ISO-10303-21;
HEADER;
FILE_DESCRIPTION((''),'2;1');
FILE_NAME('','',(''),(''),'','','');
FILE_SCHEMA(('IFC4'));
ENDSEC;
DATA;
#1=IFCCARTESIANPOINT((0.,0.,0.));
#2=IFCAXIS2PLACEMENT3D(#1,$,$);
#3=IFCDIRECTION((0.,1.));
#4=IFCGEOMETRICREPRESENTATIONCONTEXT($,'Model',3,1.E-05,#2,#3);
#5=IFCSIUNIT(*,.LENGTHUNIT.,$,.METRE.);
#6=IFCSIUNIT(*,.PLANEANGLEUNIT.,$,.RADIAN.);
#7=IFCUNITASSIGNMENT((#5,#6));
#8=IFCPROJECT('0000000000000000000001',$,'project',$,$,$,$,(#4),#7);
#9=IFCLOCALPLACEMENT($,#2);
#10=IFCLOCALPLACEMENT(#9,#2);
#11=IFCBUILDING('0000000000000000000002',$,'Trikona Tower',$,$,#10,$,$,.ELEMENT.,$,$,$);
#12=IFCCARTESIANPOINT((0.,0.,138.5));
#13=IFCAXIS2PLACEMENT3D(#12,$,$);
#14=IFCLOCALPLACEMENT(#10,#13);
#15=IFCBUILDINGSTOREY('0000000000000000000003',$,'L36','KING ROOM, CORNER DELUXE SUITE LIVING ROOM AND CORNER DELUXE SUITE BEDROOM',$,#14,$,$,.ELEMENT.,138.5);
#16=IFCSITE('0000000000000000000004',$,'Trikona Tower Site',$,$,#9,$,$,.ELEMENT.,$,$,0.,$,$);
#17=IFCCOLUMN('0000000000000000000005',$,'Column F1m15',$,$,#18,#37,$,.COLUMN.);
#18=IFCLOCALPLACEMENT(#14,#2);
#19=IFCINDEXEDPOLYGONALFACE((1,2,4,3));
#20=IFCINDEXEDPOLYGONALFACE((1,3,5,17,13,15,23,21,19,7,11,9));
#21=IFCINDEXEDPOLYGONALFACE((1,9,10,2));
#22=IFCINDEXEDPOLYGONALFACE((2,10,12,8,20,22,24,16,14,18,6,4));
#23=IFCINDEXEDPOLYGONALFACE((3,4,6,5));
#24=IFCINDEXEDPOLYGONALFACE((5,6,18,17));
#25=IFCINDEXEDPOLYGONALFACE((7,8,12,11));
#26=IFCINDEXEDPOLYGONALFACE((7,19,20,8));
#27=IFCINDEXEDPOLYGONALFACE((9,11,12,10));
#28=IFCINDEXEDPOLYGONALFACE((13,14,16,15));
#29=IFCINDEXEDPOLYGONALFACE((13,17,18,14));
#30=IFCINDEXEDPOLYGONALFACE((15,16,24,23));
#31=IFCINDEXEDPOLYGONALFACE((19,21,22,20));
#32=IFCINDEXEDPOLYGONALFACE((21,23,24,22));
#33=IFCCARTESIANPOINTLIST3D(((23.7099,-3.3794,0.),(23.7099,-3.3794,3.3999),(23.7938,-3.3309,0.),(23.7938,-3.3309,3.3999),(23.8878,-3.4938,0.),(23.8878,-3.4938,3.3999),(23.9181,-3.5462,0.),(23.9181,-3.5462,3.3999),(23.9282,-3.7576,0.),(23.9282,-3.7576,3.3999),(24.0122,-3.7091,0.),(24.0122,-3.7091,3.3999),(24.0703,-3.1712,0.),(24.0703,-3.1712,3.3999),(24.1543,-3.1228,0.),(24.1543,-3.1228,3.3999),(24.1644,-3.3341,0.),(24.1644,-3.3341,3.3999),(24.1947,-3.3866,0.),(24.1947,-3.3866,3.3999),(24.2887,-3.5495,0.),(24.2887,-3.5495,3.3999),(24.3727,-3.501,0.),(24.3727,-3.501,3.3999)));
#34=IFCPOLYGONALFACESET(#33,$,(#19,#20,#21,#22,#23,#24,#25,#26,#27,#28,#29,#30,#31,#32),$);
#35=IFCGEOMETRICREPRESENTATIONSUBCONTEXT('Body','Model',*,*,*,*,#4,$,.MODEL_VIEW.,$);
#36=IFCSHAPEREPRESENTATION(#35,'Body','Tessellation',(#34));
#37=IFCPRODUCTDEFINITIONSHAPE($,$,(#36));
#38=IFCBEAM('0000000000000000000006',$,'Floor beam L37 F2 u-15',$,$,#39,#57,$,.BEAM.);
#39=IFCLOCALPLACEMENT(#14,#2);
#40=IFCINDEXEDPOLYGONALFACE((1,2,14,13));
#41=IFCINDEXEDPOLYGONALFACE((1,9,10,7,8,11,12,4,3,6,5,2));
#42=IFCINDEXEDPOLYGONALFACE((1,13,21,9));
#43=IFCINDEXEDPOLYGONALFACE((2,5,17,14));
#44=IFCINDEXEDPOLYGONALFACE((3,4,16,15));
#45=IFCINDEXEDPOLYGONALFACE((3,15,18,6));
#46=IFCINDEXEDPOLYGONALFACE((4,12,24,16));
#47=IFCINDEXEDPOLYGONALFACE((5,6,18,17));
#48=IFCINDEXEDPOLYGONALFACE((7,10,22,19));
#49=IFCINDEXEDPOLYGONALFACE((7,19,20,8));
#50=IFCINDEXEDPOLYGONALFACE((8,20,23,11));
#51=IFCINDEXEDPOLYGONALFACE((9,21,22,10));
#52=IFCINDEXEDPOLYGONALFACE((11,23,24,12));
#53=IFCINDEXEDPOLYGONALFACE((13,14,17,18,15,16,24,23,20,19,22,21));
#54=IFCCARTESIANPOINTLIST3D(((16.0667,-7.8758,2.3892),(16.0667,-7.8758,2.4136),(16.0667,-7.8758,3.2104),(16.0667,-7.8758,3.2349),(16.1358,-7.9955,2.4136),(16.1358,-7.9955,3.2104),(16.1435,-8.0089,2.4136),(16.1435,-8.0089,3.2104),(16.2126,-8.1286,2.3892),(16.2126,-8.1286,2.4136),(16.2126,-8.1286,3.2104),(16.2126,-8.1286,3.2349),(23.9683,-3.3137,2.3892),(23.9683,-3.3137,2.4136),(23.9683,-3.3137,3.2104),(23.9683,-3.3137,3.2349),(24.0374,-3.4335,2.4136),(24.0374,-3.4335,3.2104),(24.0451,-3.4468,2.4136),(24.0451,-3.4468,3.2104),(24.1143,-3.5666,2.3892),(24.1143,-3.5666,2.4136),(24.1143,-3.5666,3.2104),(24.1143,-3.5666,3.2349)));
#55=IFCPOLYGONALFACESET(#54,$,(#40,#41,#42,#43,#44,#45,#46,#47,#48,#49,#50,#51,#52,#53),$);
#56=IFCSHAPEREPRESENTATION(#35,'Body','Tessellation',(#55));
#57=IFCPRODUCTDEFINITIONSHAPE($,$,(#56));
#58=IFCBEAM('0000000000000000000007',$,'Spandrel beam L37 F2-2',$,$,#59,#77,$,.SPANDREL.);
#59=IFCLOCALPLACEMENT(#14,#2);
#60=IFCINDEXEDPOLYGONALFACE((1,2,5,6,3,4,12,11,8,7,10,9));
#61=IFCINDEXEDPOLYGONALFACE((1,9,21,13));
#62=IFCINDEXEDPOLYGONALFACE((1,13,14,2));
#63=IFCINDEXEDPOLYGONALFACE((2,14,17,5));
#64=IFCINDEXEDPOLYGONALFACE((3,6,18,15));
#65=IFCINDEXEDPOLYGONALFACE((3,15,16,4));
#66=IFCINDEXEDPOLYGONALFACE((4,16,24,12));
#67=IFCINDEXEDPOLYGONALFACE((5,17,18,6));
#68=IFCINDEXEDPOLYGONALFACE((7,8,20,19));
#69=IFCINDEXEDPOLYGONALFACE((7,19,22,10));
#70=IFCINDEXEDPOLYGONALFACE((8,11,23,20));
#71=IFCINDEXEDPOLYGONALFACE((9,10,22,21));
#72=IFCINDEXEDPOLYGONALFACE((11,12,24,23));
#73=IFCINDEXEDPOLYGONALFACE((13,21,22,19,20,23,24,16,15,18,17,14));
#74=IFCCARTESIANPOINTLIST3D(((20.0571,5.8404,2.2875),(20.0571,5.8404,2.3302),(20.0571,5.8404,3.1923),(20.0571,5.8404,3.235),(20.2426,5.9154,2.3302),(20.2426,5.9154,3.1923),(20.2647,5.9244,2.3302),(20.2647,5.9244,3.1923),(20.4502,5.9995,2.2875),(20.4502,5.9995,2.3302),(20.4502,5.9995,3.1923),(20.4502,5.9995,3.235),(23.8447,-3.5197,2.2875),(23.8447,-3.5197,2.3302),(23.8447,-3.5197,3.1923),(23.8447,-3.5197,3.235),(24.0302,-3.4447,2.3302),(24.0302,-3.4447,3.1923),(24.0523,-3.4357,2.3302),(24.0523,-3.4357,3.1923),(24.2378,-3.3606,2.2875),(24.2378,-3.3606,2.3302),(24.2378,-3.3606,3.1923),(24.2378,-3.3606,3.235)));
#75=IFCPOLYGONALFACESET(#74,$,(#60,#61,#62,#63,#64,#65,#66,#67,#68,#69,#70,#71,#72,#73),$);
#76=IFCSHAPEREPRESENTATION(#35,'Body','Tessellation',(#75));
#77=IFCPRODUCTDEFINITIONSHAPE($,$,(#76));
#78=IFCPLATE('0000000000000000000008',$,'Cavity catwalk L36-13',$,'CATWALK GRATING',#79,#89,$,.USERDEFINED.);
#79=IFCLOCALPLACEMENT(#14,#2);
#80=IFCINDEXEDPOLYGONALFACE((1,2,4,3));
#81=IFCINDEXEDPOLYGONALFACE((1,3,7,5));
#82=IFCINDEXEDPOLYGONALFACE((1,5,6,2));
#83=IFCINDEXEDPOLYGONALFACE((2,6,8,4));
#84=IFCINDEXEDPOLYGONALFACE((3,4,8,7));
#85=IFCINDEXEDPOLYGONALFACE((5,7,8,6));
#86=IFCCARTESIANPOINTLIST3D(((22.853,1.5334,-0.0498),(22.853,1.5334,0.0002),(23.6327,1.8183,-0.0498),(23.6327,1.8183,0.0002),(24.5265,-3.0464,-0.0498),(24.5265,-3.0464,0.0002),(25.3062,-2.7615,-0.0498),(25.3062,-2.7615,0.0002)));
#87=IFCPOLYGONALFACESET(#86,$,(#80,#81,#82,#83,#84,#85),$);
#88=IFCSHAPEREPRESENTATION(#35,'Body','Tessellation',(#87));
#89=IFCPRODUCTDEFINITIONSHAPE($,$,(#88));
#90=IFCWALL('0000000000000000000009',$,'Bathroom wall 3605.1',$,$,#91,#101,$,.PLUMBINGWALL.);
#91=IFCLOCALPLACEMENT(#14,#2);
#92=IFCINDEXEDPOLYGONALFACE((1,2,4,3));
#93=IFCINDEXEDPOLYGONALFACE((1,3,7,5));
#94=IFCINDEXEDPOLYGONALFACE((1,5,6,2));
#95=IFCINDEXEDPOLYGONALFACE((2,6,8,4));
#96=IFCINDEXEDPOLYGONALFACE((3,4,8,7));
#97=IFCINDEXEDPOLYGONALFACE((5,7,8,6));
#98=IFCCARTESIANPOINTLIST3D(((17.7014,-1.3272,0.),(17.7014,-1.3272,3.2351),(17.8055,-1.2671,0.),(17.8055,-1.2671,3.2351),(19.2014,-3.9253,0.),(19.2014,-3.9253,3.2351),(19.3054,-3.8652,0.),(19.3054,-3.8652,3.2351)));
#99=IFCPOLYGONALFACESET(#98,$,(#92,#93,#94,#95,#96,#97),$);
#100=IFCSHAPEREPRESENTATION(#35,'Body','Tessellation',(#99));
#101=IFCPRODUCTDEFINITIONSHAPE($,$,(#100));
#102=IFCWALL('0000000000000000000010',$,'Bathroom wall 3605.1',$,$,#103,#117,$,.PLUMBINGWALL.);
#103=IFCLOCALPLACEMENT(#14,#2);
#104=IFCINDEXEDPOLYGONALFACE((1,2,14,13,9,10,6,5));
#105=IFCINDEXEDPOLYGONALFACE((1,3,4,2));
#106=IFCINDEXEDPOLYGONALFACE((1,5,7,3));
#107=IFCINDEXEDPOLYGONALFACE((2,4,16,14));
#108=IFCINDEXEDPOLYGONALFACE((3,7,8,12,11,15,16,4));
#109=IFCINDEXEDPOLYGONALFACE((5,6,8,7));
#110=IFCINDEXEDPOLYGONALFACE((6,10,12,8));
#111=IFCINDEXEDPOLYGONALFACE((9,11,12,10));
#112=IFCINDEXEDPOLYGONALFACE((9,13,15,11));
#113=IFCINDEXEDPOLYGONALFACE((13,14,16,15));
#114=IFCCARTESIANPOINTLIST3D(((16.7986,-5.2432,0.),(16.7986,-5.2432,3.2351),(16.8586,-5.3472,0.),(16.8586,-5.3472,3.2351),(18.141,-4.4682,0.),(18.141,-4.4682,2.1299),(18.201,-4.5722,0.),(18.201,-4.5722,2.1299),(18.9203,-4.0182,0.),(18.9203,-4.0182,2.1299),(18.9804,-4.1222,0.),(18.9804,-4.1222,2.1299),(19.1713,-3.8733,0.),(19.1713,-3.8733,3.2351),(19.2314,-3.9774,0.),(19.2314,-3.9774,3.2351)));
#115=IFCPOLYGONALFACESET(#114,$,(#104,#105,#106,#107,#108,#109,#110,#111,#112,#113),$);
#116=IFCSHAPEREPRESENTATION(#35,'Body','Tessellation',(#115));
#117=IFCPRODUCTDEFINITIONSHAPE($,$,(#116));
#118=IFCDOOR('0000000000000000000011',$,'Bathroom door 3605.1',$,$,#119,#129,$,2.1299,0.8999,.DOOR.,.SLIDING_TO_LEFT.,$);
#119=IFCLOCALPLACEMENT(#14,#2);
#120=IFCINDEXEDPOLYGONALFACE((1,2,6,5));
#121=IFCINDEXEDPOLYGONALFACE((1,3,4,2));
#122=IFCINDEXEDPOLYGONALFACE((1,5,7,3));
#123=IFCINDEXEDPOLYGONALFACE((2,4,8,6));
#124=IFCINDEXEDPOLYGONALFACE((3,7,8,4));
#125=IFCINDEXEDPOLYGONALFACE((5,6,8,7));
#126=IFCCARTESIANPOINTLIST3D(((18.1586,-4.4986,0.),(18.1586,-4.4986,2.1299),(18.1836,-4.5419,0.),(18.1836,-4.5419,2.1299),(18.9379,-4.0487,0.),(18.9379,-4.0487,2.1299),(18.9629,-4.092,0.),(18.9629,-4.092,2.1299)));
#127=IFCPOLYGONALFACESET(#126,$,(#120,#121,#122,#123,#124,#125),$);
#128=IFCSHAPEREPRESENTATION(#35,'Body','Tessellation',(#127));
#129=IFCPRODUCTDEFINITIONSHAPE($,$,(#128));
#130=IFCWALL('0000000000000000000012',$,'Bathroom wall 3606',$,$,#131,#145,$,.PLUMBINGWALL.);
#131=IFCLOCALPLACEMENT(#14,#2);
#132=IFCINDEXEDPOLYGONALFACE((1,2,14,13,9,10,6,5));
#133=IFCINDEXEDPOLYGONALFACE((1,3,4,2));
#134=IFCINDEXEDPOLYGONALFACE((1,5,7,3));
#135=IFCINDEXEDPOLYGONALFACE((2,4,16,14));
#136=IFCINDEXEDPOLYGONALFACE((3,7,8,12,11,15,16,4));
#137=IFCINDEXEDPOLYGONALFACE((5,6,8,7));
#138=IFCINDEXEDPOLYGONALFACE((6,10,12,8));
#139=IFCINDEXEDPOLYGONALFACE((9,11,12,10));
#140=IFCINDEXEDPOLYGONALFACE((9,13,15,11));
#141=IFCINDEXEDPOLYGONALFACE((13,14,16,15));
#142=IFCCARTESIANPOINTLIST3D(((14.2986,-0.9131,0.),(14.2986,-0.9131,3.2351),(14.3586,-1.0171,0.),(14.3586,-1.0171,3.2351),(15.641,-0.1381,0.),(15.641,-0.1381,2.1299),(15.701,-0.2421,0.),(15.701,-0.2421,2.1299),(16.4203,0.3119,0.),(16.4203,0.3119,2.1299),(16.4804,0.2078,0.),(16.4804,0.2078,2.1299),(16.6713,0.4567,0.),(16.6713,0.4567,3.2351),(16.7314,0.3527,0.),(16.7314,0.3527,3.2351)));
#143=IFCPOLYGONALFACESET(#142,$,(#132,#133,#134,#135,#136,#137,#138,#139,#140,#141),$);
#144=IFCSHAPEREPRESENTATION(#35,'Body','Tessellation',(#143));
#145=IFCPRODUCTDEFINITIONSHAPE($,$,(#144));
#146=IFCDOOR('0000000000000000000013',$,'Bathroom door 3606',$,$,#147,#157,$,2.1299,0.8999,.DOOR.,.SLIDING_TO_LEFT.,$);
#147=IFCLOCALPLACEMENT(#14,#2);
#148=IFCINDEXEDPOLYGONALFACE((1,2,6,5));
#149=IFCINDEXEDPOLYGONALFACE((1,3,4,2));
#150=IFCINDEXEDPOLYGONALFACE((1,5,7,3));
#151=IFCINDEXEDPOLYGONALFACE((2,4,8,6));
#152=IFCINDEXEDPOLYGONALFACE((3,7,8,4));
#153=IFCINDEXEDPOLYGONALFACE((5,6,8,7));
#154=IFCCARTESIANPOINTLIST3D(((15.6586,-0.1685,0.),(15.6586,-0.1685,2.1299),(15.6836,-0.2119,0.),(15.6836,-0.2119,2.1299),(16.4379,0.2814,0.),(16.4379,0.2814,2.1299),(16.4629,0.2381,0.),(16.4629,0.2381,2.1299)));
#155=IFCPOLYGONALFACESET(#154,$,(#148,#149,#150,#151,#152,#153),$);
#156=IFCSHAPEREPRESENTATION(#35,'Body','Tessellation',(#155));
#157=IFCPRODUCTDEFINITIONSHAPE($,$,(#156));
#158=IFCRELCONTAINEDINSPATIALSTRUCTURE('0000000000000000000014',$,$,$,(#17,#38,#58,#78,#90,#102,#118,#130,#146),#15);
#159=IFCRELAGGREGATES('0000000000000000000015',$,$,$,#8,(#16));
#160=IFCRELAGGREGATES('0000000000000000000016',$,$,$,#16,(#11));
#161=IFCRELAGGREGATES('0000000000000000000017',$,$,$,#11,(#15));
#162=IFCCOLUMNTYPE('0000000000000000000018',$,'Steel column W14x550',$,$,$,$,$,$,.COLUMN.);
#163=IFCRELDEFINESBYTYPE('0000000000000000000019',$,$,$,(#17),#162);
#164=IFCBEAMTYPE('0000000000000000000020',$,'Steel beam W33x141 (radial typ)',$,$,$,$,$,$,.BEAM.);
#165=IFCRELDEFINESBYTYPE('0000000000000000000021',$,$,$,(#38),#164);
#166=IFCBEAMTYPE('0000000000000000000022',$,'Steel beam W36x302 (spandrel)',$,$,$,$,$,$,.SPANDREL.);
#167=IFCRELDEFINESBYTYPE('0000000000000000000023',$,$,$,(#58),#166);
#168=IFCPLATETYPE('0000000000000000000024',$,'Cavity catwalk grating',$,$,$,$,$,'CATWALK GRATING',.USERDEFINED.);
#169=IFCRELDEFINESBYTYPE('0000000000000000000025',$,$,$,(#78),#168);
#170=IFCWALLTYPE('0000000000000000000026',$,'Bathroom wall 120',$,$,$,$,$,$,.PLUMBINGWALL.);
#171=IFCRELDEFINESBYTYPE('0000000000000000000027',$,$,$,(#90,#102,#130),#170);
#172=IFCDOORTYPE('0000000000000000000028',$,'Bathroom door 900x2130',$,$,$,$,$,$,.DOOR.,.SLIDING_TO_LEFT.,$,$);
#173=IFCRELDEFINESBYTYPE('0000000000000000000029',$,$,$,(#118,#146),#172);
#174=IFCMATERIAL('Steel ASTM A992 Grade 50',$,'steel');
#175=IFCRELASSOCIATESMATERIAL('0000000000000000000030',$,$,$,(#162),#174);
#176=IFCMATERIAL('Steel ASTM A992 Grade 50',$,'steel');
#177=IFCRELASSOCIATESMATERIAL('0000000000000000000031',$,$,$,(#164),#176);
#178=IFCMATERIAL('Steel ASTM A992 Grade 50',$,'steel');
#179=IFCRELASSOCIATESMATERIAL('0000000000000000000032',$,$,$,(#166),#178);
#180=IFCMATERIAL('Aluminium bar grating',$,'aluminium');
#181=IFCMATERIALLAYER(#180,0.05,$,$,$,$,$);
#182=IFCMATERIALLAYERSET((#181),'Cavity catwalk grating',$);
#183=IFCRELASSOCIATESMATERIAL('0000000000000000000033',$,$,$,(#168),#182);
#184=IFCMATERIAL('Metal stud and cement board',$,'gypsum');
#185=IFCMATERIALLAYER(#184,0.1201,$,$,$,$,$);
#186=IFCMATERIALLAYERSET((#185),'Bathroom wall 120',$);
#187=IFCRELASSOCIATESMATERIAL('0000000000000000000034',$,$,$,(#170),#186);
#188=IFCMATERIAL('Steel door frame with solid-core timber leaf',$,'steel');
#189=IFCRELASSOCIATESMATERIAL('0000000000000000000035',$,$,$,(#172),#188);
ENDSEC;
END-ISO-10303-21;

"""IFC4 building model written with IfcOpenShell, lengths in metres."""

from ifc_helpers import new_model, si_unit, direction, frame, frame_2d, origin, origin_2d, place, context, subcontext, project, spatial, rectangle, i_section, extrude, material, layer, layer_set, material_profile, profile_set, type_object, element, fill, save


model = new_model("IFC4")

# Units and contexts
model_context = context("Model", 3, precision=1e-05, world=origin(), true_north=direction((0.0, 1.0)))
body_context = subcontext(model_context, "Body", "Model", "MODEL_VIEW")
ifc_project = project(units=[si_unit("LENGTHUNIT", "METRE"), si_unit("PLANEANGLEUNIT", "RADIAN")], contexts=[model_context])

# Site, building, storey
site_placement = place(None, origin())
site = spatial("IfcSite", under=ifc_project, at=site_placement, Name="Trikona Tower Site", CompositionType="ELEMENT", RefElevation=0.0)
building_placement = place(site_placement, origin())
building = spatial("IfcBuilding", under=site, at=building_placement, Name="Trikona Tower", CompositionType="ELEMENT")
storey_placement = place(building_placement, frame((0.0, 0.0, 138.5)))
storey = spatial("IfcBuildingStorey", under=building, at=storey_placement, Name="L36", Description="KING ROOM, CORNER DELUXE SUITE LIVING ROOM AND CORNER DELUXE SUITE BEDROOM", CompositionType="ELEMENT", Elevation=138.5)

# Column
ifc_material_1 = material(Name="Steel ASTM A992 Grade 50", Category="steel")
ifc_material_profile_1 = material_profile(ifc_material_1, i_section(OverallWidth=0.4368, OverallDepth=0.5132, WebThickness=0.0605, FlangeThickness=0.0969, at=origin_2d()), Name="W14X550")
ifc_profile_set_1 = profile_set([ifc_material_profile_1], Name="Steel ASTM A992 Grade 50")
column_type = type_object("IfcColumnType", Name="Steel column W14x550", PredefinedType="COLUMN", material=ifc_profile_set_1)
column_placement = place(storey_placement, frame((24.0413, -3.4402, 0.0), z_axis=(0.0, 0.0, 1.0), x_axis=(-0.5, 0.866025, 0.0)))
element("IfcColumn", 1, at=column_placement, inside=storey, type_object=column_type, Name="Column F1m15", PredefinedType="COLUMN", context=body_context, shape_type="SweptSolid", body=[
    extrude(i_section(OverallWidth=0.4368, OverallDepth=0.5132, WebThickness=0.0605, FlangeThickness=0.0969, at=origin_2d()), origin(), (0.0, 0.0, 1.0), 3.3999),
])

# Beams
ifc_material_2 = material(Name="Steel ASTM A992 Grade 50", Category="steel")
ifc_material_profile_2 = material_profile(ifc_material_2, i_section(OverallWidth=0.292, OverallDepth=0.8457, WebThickness=0.0154, FlangeThickness=0.0244, at=origin_2d()), Name="W33X141")
ifc_profile_set_2 = profile_set([ifc_material_profile_2], Name="Steel ASTM A992 Grade 50")
beam_type_1 = type_object("IfcBeamType", Name="Steel beam W33x141 (radial typ)", PredefinedType="BEAM", material=ifc_profile_set_2)
beam_1_placement = place(storey_placement, frame((16.1396, -8.0022, 2.812), z_axis=(0.866025, 0.500001, 0.0), x_axis=(-0.500001, 0.866025, 0.0)))
element("IfcBeam", 2, at=beam_1_placement, inside=storey, type_object=beam_type_1, Name="Floor beam L37 F2 u-15", PredefinedType="BEAM", context=body_context, shape_type="SweptSolid", body=[
    extrude(i_section(OverallWidth=0.292, OverallDepth=0.8457, WebThickness=0.0154, FlangeThickness=0.0244, at=origin_2d()), origin(), (0.0, 0.0, 1.0), 9.124),
])
ifc_material_3 = material(Name="Steel ASTM A992 Grade 50", Category="steel")
ifc_material_profile_3 = material_profile(ifc_material_3, i_section(OverallWidth=0.4241, OverallDepth=0.9475, WebThickness=0.0239, FlangeThickness=0.0427, at=origin_2d()), Name="W36X302")
ifc_profile_set_3 = profile_set([ifc_material_profile_3], Name="Steel ASTM A992 Grade 50")
beam_type_2 = type_object("IfcBeamType", Name="Steel beam W36x302 (spandrel)", PredefinedType="SPANDREL", material=ifc_profile_set_3)
beam_2_placement = place(storey_placement, frame((24.0413, -3.4402, 2.7612), z_axis=(-0.375106, 0.926982, 0.0), x_axis=(-0.926982, -0.375106, 0.0)))
element("IfcBeam", 3, at=beam_2_placement, inside=storey, type_object=beam_type_2, Name="Spandrel beam L37 F2-2", PredefinedType="SPANDREL", context=body_context, shape_type="SweptSolid", body=[
    extrude(i_section(OverallWidth=0.4241, OverallDepth=0.9475, WebThickness=0.0239, FlangeThickness=0.0427, at=origin_2d()), origin(), (0.0, 0.0, 1.0), 10.0974),
])

# Plate
ifc_material_4 = material(Name="Aluminium bar grating", Category="aluminium")
ifc_layer_1 = layer(ifc_material_4, 0.05)
ifc_layer_set_1 = layer_set([ifc_layer_1], Name="Cavity catwalk grating")
plate_type = type_object("IfcPlateType", Name="Cavity catwalk grating", ElementType="CATWALK GRATING", PredefinedType="USERDEFINED", material=ifc_layer_set_1)
plate_placement = place(storey_placement, frame((24.0796, -0.614, -0.0498), z_axis=(0.0, 0.0, 1.0), x_axis=(-0.34322, 0.939255, 0.0)))
element("IfcPlate", 4, at=plate_placement, inside=storey, type_object=plate_type, Name="Cavity catwalk L36-13", ObjectType="CATWALK GRATING", PredefinedType="USERDEFINED", context=body_context, shape_type="SweptSolid", body=[
    extrude(rectangle(XDim=4.876, YDim=0.8301, at=origin_2d()), origin(), (0.0, 0.0, 1.0), 0.05),
])

# Wall
ifc_material_5 = material(Name="Metal stud and cement board", Category="gypsum")
ifc_layer_2 = layer(ifc_material_5, 0.1201)
ifc_layer_set_2 = layer_set([ifc_layer_2], Name="Bathroom wall 120")
wall_type_1 = type_object("IfcWallType", Name="Bathroom wall 120", PredefinedType="PLUMBINGWALL", material=ifc_layer_set_2)
wall_1_placement = place(storey_placement, frame((19.2534, -3.8953, 0.0), z_axis=(0.0, 0.0, 1.0), x_axis=(-0.49999, 0.866031, 0.0)))
element("IfcWall", 5, at=wall_1_placement, inside=storey, type_object=wall_type_1, Name="Bathroom wall 3605.1", PredefinedType="PLUMBINGWALL", context=body_context, shape_type="SweptSolid", body=[
    extrude(rectangle(XDim=3.0, YDim=0.1201, at=frame_2d((1.5, 0.0))), origin(), (0.0, 0.0, 1.0), 3.2351),
])

# Walls, openings, doors
wall_2_placement = place(storey_placement, frame((16.8286, -5.2952, 0.0), z_axis=(0.0, 0.0, 1.0), x_axis=(0.866036, 0.499982, 0.0)))
wall_2 = element("IfcWall", 6, at=wall_2_placement, inside=storey, type_object=wall_type_1, Name="Bathroom wall 3605.1", PredefinedType="PLUMBINGWALL", context=body_context, shape_type="SweptSolid", body=[
    extrude(rectangle(XDim=2.7397, YDim=0.1201, at=frame_2d((1.3699, 0.0))), origin(), (0.0, 0.0, 1.0), 3.2351),
])
opening_1_placement = place(wall_2_placement, frame((1.55, 0.0, 0.0)))
opening_1 = element("IfcOpeningElement", 7, at=opening_1_placement, cuts=wall_2, PredefinedType="OPENING", context=body_context, shape_type="SweptSolid", body=[
    extrude(rectangle(XDim=0.8999, YDim=2.1299, at=frame_2d((0.45, 1.0649))), frame((0.0, 0.0701, 0.0), z_axis=(0.0, -1.0, 0.0), x_axis=(1.0, 0.0, 0.0)), (0.0, 0.0, 1.0), 0.1401),
])
ifc_material_6 = material(Name="Steel door frame with solid-core timber leaf", Category="steel")
door_type_1 = type_object("IfcDoorType", Name="Bathroom door 900x2130", OperationType="SLIDING_TO_LEFT", PredefinedType="DOOR", material=ifc_material_6)
door_1_placement = place(opening_1_placement, origin())
door_1 = element("IfcDoor", 8, at=door_1_placement, inside=storey, type_object=door_type_1, Name="Bathroom door 3605.1", OperationType="SLIDING_TO_LEFT", OverallHeight=2.1299, OverallWidth=0.8999, PredefinedType="DOOR", context=body_context, shape_type="SweptSolid", body=[
    extrude(rectangle(XDim=0.8999, YDim=2.1299, at=frame_2d((0.45, 1.0649))), frame((0.0, 0.0249, 0.0), z_axis=(0.0, -1.0, 0.0), x_axis=(1.0, 0.0, 0.0)), (0.0, 0.0, 1.0), 0.05),
])
fill(opening_1, door_1)
wall_3_placement = place(storey_placement, frame((14.3286, -0.9651, 0.0), z_axis=(0.0, 0.0, 1.0), x_axis=(0.866036, 0.499982, 0.0)))
wall_3 = element("IfcWall", 9, at=wall_3_placement, inside=storey, type_object=wall_type_1, Name="Bathroom wall 3606", PredefinedType="PLUMBINGWALL", context=body_context, shape_type="SweptSolid", body=[
    extrude(rectangle(XDim=2.7397, YDim=0.1201, at=frame_2d((1.3699, 0.0))), origin(), (0.0, 0.0, 1.0), 3.2351),
])
opening_2_placement = place(wall_3_placement, frame((1.55, 0.0, 0.0)))
opening_2 = element("IfcOpeningElement", 10, at=opening_2_placement, cuts=wall_3, PredefinedType="OPENING", context=body_context, shape_type="SweptSolid", body=[
    extrude(rectangle(XDim=0.8999, YDim=2.1299, at=frame_2d((0.45, 1.0649))), frame((0.0, 0.0701, 0.0), z_axis=(0.0, -1.0, 0.0), x_axis=(1.0, 0.0, 0.0)), (0.0, 0.0, 1.0), 0.1401),
])
door_2_placement = place(opening_2_placement, origin())
door_2 = element("IfcDoor", 11, at=door_2_placement, inside=storey, type_object=door_type_1, Name="Bathroom door 3606", OperationType="SLIDING_TO_LEFT", OverallHeight=2.1299, OverallWidth=0.8999, PredefinedType="DOOR", context=body_context, shape_type="SweptSolid", body=[
    extrude(rectangle(XDim=0.8999, YDim=2.1299, at=frame_2d((0.45, 1.0649))), frame((0.0, 0.0249, 0.0), z_axis=(0.0, -1.0, 0.0), x_axis=(1.0, 0.0, 0.0)), (0.0, 0.0, 1.0), 0.05),
])
fill(opening_2, door_2)

save(model, "model.ifc")
